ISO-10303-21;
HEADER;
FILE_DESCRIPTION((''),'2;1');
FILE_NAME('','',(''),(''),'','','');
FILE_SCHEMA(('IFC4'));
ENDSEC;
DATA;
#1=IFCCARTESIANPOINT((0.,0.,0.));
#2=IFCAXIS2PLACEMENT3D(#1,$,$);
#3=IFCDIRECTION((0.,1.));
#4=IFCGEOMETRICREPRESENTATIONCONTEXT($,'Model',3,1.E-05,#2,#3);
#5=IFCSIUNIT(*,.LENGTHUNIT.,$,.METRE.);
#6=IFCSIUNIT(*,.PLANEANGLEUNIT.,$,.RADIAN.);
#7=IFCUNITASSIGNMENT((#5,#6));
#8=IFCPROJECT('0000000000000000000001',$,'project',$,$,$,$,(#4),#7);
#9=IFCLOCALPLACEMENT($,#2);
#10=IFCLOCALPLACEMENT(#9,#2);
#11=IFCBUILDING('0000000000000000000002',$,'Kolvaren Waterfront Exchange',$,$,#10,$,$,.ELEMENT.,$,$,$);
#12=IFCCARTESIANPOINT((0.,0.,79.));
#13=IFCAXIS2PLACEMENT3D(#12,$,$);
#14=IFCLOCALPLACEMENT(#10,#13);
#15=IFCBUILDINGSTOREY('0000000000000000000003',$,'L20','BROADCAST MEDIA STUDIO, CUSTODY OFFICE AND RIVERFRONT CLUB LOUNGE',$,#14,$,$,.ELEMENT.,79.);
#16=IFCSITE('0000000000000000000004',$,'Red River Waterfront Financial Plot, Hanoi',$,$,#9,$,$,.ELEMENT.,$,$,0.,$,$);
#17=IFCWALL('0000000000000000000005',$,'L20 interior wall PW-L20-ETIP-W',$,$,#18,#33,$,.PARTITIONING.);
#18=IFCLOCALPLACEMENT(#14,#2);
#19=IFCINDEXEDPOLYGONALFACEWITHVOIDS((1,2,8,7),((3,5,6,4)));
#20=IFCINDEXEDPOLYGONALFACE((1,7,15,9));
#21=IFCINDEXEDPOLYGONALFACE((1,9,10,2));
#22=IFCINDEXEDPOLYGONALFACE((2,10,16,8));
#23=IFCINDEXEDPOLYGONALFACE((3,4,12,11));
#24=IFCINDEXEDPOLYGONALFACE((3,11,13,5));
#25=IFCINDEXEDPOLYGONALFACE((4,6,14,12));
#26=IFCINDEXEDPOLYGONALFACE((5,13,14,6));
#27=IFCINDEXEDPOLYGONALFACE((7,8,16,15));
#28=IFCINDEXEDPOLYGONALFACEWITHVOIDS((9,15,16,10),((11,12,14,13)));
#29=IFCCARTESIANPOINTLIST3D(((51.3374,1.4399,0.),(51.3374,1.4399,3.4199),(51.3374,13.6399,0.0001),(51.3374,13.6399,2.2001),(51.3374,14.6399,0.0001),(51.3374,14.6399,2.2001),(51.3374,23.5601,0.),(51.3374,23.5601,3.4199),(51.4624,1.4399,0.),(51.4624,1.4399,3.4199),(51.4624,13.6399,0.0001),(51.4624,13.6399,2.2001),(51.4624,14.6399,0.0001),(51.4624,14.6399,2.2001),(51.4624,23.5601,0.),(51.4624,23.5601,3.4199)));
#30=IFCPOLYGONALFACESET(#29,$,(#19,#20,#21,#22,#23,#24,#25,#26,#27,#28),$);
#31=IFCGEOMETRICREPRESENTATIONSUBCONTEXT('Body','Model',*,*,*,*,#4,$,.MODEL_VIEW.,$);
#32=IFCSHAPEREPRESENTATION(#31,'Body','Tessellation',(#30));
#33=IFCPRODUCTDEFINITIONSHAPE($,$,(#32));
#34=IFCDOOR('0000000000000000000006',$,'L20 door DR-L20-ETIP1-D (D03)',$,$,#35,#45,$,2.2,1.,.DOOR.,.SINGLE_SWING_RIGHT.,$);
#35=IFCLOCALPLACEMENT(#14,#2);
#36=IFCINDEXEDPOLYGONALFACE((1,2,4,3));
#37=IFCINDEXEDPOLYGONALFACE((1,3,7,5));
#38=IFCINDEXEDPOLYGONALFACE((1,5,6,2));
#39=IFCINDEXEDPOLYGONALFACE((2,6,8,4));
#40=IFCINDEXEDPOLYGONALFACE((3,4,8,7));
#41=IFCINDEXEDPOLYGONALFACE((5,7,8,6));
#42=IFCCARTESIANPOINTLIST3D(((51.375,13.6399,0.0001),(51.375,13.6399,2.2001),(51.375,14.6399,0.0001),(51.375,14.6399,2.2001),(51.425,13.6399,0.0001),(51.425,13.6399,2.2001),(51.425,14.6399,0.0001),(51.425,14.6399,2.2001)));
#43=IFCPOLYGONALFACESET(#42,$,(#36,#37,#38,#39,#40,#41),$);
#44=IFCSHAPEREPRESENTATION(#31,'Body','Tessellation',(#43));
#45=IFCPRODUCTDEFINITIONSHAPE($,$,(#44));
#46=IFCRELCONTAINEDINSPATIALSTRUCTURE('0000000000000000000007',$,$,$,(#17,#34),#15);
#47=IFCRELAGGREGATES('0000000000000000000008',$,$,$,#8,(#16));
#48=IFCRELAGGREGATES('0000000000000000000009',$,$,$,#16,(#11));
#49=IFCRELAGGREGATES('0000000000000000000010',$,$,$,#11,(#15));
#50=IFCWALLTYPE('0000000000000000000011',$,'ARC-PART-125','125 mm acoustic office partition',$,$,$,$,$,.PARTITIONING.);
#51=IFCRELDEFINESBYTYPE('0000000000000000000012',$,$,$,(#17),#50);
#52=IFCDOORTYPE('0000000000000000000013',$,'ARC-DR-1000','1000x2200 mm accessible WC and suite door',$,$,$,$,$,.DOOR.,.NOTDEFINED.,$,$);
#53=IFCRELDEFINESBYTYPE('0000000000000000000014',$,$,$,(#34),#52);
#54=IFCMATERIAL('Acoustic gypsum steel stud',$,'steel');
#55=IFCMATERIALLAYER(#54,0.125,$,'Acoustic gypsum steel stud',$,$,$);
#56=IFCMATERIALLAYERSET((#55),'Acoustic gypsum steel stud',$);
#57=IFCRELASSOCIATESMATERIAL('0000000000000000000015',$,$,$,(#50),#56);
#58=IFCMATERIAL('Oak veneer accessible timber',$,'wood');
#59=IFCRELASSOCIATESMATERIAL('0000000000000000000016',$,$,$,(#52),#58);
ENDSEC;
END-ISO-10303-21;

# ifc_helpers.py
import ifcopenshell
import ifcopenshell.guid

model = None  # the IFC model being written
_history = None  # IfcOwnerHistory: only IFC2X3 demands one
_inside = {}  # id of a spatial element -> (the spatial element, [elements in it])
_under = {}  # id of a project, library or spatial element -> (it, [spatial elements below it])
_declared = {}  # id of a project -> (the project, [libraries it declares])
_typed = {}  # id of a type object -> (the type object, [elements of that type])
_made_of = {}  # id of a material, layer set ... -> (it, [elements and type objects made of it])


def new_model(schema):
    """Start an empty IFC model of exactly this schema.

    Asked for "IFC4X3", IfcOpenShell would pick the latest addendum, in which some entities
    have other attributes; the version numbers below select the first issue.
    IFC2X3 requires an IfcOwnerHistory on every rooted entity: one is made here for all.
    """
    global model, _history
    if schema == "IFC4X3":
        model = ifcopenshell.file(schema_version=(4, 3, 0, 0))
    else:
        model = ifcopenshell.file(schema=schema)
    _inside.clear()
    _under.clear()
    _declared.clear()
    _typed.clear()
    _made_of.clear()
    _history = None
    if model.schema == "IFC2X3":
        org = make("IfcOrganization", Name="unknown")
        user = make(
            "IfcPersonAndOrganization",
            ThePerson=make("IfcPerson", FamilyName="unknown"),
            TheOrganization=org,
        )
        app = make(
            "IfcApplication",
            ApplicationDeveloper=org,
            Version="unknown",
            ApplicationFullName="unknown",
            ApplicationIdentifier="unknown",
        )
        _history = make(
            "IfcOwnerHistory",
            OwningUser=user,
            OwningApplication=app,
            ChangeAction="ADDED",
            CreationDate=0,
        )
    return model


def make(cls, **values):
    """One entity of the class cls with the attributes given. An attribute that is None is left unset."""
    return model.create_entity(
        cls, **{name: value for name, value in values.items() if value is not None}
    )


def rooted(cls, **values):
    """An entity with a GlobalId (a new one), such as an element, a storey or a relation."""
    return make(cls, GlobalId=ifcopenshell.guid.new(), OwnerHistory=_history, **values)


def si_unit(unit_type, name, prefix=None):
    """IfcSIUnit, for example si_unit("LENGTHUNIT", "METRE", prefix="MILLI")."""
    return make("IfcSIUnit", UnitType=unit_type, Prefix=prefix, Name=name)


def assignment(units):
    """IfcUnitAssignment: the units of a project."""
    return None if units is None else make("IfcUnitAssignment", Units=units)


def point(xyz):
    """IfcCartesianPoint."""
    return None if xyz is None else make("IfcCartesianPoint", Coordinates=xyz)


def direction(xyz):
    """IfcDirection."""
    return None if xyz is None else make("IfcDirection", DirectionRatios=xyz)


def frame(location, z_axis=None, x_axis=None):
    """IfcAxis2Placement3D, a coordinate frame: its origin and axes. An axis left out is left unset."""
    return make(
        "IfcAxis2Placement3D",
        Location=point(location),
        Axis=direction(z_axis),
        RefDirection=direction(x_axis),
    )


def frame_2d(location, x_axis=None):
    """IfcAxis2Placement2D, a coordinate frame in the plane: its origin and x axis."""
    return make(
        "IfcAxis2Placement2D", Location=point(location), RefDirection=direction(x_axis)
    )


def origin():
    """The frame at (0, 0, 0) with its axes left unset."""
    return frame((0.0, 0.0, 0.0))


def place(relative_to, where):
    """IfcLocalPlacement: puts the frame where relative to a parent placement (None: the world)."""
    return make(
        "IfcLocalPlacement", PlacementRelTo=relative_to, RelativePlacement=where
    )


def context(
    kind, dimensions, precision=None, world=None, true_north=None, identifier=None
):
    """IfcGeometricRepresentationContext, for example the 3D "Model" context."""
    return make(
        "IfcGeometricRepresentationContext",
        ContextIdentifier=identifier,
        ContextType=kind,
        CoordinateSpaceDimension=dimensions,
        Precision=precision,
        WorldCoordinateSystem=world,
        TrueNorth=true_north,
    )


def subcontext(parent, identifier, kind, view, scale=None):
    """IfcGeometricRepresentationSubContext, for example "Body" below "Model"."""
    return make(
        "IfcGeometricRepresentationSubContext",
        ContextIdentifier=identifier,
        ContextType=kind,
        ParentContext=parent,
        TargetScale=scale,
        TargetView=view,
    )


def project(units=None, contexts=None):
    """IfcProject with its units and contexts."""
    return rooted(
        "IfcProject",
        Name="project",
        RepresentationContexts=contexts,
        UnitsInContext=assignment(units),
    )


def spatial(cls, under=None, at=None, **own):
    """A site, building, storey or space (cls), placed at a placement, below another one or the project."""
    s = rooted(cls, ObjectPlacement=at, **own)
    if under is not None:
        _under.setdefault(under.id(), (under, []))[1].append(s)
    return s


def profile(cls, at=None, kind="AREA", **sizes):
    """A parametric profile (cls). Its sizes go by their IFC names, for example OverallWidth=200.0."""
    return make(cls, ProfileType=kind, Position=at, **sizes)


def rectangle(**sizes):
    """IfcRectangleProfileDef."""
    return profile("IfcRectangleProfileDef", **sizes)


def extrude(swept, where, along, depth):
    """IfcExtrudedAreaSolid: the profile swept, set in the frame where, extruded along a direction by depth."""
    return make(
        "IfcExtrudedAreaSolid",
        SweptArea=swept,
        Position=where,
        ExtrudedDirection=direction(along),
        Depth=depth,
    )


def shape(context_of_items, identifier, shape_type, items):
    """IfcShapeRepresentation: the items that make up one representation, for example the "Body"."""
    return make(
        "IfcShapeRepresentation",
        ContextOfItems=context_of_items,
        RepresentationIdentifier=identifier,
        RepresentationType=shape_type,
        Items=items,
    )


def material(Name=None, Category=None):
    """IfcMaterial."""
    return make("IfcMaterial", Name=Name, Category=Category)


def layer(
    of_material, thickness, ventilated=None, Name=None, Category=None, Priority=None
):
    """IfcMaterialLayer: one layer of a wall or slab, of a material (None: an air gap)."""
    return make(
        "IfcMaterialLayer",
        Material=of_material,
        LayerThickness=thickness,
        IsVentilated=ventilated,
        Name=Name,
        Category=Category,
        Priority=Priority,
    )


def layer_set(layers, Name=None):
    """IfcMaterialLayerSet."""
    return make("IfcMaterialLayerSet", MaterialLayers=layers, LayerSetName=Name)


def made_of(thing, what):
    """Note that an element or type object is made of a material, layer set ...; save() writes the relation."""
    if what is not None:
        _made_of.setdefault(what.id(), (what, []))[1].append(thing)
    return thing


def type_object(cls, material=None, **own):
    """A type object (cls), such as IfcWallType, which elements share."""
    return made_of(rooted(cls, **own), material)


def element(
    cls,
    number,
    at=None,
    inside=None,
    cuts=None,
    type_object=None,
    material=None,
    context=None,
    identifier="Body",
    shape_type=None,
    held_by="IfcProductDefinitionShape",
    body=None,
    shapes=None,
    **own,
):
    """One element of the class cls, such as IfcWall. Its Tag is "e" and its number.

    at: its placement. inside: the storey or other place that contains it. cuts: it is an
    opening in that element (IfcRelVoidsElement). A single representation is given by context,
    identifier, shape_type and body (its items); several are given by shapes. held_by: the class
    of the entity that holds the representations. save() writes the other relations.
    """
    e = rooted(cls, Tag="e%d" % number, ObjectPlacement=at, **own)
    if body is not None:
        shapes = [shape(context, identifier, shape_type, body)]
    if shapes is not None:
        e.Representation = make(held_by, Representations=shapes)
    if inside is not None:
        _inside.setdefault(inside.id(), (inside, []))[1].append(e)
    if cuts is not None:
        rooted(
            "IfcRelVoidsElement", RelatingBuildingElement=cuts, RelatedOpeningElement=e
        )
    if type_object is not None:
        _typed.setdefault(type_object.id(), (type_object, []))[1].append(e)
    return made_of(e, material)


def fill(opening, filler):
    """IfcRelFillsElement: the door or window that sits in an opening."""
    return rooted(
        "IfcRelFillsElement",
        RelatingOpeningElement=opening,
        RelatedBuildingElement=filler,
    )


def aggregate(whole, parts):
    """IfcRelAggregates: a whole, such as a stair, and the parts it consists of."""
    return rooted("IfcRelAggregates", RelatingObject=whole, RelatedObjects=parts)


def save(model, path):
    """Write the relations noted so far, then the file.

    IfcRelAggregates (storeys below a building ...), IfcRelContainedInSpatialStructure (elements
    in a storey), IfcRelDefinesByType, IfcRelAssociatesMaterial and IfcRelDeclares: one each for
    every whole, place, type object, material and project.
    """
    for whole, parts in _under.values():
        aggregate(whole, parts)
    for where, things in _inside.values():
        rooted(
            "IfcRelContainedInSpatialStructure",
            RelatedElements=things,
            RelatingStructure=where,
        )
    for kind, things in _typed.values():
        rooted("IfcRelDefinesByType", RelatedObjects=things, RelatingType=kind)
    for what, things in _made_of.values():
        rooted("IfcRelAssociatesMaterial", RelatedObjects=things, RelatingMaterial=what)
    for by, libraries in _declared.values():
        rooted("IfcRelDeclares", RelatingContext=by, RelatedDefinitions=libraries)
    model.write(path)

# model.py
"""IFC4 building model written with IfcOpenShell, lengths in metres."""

from ifc_helpers import new_model, si_unit, direction, frame, frame_2d, origin, place, context, subcontext, project, spatial, rectangle, extrude, material, layer, layer_set, type_object, element, fill, save


model = new_model("IFC4")

# Units and contexts
model_context = context("Model", 3, precision=1e-05, world=origin(), true_north=direction((0.0, 1.0)))
body_context = subcontext(model_context, "Body", "Model", "MODEL_VIEW")
ifc_project = project(units=[si_unit("LENGTHUNIT", "METRE"), si_unit("PLANEANGLEUNIT", "RADIAN")], contexts=[model_context])

# Site, building, storey
site_placement = place(None, origin())
site = spatial("IfcSite", under=ifc_project, at=site_placement, Name="Red River Waterfront Financial Plot, Hanoi", CompositionType="ELEMENT", RefElevation=0.0)
building_placement = place(site_placement, origin())
building = spatial("IfcBuilding", under=site, at=building_placement, Name="Kolvaren Waterfront Exchange", CompositionType="ELEMENT")
storey_placement = place(building_placement, frame((0.0, 0.0, 79.0)))
storey = spatial("IfcBuildingStorey", under=building, at=storey_placement, Name="L20", Description="BROADCAST MEDIA STUDIO, CUSTODY OFFICE AND RIVERFRONT CLUB LOUNGE", CompositionType="ELEMENT", Elevation=79.0)

# Wall, opening, door
ifc_material_1 = material(Name="Acoustic gypsum steel stud", Category="steel")
ifc_layer_1 = layer(ifc_material_1, 0.125, Name="Acoustic gypsum steel stud")
ifc_layer_set_1 = layer_set([ifc_layer_1], Name="Acoustic gypsum steel stud")
wall_type_1 = type_object("IfcWallType", Name="ARC-PART-125", Description="125 mm acoustic office partition", PredefinedType="PARTITIONING", material=ifc_layer_set_1)
wall_1_placement = place(storey_placement, frame((51.3999, 1.4399, 0.0), z_axis=(0.0, 0.0, 1.0), x_axis=(0.0, 1.0, 0.0)))
wall_1 = element("IfcWall", 1, at=wall_1_placement, inside=storey, type_object=wall_type_1, Name="L20 interior wall PW-L20-ETIP-W", PredefinedType="PARTITIONING", context=body_context, shape_type="SweptSolid", body=[
    extrude(rectangle(XDim=22.1201, YDim=0.125, at=frame_2d((11.0601, 0.0))), origin(), (0.0, 0.0, 1.0), 3.4199),
])
opening_placement = place(wall_1_placement, frame((12.2, 0.0, 0.0)))
opening = element("IfcOpeningElement", 2, at=opening_placement, cuts=wall_1, PredefinedType="OPENING", context=body_context, shape_type="SweptSolid", body=[
    extrude(rectangle(XDim=1.0, YDim=2.2, at=frame_2d((0.5, 1.1001))), frame((0.0, 0.0725, 0.0), z_axis=(0.0, -1.0, 0.0), x_axis=(1.0, 0.0, 0.0)), (0.0, 0.0, 1.0), 0.145),
])
ifc_material_2 = material(Name="Oak veneer accessible timber", Category="wood")
door_type = type_object("IfcDoorType", Name="ARC-DR-1000", Description="1000x2200 mm accessible WC and suite door", OperationType="NOTDEFINED", PredefinedType="DOOR", material=ifc_material_2)
door_placement = place(opening_placement, origin())
door = element("IfcDoor", 3, at=door_placement, inside=storey, type_object=door_type, Name="L20 door DR-L20-ETIP1-D (D03)", OperationType="SINGLE_SWING_RIGHT", OverallHeight=2.2, OverallWidth=1.0, PredefinedType="DOOR", context=body_context, shape_type="SweptSolid", body=[
    extrude(rectangle(XDim=1.0, YDim=2.2, at=frame_2d((0.5, 1.1001))), frame((0.0, 0.0249, 0.0), z_axis=(0.0, -1.0, 0.0), x_axis=(1.0, 0.0, 0.0)), (0.0, 0.0, 1.0), 0.05),
])
fill(opening, door)

save(model, "model.ifc")
